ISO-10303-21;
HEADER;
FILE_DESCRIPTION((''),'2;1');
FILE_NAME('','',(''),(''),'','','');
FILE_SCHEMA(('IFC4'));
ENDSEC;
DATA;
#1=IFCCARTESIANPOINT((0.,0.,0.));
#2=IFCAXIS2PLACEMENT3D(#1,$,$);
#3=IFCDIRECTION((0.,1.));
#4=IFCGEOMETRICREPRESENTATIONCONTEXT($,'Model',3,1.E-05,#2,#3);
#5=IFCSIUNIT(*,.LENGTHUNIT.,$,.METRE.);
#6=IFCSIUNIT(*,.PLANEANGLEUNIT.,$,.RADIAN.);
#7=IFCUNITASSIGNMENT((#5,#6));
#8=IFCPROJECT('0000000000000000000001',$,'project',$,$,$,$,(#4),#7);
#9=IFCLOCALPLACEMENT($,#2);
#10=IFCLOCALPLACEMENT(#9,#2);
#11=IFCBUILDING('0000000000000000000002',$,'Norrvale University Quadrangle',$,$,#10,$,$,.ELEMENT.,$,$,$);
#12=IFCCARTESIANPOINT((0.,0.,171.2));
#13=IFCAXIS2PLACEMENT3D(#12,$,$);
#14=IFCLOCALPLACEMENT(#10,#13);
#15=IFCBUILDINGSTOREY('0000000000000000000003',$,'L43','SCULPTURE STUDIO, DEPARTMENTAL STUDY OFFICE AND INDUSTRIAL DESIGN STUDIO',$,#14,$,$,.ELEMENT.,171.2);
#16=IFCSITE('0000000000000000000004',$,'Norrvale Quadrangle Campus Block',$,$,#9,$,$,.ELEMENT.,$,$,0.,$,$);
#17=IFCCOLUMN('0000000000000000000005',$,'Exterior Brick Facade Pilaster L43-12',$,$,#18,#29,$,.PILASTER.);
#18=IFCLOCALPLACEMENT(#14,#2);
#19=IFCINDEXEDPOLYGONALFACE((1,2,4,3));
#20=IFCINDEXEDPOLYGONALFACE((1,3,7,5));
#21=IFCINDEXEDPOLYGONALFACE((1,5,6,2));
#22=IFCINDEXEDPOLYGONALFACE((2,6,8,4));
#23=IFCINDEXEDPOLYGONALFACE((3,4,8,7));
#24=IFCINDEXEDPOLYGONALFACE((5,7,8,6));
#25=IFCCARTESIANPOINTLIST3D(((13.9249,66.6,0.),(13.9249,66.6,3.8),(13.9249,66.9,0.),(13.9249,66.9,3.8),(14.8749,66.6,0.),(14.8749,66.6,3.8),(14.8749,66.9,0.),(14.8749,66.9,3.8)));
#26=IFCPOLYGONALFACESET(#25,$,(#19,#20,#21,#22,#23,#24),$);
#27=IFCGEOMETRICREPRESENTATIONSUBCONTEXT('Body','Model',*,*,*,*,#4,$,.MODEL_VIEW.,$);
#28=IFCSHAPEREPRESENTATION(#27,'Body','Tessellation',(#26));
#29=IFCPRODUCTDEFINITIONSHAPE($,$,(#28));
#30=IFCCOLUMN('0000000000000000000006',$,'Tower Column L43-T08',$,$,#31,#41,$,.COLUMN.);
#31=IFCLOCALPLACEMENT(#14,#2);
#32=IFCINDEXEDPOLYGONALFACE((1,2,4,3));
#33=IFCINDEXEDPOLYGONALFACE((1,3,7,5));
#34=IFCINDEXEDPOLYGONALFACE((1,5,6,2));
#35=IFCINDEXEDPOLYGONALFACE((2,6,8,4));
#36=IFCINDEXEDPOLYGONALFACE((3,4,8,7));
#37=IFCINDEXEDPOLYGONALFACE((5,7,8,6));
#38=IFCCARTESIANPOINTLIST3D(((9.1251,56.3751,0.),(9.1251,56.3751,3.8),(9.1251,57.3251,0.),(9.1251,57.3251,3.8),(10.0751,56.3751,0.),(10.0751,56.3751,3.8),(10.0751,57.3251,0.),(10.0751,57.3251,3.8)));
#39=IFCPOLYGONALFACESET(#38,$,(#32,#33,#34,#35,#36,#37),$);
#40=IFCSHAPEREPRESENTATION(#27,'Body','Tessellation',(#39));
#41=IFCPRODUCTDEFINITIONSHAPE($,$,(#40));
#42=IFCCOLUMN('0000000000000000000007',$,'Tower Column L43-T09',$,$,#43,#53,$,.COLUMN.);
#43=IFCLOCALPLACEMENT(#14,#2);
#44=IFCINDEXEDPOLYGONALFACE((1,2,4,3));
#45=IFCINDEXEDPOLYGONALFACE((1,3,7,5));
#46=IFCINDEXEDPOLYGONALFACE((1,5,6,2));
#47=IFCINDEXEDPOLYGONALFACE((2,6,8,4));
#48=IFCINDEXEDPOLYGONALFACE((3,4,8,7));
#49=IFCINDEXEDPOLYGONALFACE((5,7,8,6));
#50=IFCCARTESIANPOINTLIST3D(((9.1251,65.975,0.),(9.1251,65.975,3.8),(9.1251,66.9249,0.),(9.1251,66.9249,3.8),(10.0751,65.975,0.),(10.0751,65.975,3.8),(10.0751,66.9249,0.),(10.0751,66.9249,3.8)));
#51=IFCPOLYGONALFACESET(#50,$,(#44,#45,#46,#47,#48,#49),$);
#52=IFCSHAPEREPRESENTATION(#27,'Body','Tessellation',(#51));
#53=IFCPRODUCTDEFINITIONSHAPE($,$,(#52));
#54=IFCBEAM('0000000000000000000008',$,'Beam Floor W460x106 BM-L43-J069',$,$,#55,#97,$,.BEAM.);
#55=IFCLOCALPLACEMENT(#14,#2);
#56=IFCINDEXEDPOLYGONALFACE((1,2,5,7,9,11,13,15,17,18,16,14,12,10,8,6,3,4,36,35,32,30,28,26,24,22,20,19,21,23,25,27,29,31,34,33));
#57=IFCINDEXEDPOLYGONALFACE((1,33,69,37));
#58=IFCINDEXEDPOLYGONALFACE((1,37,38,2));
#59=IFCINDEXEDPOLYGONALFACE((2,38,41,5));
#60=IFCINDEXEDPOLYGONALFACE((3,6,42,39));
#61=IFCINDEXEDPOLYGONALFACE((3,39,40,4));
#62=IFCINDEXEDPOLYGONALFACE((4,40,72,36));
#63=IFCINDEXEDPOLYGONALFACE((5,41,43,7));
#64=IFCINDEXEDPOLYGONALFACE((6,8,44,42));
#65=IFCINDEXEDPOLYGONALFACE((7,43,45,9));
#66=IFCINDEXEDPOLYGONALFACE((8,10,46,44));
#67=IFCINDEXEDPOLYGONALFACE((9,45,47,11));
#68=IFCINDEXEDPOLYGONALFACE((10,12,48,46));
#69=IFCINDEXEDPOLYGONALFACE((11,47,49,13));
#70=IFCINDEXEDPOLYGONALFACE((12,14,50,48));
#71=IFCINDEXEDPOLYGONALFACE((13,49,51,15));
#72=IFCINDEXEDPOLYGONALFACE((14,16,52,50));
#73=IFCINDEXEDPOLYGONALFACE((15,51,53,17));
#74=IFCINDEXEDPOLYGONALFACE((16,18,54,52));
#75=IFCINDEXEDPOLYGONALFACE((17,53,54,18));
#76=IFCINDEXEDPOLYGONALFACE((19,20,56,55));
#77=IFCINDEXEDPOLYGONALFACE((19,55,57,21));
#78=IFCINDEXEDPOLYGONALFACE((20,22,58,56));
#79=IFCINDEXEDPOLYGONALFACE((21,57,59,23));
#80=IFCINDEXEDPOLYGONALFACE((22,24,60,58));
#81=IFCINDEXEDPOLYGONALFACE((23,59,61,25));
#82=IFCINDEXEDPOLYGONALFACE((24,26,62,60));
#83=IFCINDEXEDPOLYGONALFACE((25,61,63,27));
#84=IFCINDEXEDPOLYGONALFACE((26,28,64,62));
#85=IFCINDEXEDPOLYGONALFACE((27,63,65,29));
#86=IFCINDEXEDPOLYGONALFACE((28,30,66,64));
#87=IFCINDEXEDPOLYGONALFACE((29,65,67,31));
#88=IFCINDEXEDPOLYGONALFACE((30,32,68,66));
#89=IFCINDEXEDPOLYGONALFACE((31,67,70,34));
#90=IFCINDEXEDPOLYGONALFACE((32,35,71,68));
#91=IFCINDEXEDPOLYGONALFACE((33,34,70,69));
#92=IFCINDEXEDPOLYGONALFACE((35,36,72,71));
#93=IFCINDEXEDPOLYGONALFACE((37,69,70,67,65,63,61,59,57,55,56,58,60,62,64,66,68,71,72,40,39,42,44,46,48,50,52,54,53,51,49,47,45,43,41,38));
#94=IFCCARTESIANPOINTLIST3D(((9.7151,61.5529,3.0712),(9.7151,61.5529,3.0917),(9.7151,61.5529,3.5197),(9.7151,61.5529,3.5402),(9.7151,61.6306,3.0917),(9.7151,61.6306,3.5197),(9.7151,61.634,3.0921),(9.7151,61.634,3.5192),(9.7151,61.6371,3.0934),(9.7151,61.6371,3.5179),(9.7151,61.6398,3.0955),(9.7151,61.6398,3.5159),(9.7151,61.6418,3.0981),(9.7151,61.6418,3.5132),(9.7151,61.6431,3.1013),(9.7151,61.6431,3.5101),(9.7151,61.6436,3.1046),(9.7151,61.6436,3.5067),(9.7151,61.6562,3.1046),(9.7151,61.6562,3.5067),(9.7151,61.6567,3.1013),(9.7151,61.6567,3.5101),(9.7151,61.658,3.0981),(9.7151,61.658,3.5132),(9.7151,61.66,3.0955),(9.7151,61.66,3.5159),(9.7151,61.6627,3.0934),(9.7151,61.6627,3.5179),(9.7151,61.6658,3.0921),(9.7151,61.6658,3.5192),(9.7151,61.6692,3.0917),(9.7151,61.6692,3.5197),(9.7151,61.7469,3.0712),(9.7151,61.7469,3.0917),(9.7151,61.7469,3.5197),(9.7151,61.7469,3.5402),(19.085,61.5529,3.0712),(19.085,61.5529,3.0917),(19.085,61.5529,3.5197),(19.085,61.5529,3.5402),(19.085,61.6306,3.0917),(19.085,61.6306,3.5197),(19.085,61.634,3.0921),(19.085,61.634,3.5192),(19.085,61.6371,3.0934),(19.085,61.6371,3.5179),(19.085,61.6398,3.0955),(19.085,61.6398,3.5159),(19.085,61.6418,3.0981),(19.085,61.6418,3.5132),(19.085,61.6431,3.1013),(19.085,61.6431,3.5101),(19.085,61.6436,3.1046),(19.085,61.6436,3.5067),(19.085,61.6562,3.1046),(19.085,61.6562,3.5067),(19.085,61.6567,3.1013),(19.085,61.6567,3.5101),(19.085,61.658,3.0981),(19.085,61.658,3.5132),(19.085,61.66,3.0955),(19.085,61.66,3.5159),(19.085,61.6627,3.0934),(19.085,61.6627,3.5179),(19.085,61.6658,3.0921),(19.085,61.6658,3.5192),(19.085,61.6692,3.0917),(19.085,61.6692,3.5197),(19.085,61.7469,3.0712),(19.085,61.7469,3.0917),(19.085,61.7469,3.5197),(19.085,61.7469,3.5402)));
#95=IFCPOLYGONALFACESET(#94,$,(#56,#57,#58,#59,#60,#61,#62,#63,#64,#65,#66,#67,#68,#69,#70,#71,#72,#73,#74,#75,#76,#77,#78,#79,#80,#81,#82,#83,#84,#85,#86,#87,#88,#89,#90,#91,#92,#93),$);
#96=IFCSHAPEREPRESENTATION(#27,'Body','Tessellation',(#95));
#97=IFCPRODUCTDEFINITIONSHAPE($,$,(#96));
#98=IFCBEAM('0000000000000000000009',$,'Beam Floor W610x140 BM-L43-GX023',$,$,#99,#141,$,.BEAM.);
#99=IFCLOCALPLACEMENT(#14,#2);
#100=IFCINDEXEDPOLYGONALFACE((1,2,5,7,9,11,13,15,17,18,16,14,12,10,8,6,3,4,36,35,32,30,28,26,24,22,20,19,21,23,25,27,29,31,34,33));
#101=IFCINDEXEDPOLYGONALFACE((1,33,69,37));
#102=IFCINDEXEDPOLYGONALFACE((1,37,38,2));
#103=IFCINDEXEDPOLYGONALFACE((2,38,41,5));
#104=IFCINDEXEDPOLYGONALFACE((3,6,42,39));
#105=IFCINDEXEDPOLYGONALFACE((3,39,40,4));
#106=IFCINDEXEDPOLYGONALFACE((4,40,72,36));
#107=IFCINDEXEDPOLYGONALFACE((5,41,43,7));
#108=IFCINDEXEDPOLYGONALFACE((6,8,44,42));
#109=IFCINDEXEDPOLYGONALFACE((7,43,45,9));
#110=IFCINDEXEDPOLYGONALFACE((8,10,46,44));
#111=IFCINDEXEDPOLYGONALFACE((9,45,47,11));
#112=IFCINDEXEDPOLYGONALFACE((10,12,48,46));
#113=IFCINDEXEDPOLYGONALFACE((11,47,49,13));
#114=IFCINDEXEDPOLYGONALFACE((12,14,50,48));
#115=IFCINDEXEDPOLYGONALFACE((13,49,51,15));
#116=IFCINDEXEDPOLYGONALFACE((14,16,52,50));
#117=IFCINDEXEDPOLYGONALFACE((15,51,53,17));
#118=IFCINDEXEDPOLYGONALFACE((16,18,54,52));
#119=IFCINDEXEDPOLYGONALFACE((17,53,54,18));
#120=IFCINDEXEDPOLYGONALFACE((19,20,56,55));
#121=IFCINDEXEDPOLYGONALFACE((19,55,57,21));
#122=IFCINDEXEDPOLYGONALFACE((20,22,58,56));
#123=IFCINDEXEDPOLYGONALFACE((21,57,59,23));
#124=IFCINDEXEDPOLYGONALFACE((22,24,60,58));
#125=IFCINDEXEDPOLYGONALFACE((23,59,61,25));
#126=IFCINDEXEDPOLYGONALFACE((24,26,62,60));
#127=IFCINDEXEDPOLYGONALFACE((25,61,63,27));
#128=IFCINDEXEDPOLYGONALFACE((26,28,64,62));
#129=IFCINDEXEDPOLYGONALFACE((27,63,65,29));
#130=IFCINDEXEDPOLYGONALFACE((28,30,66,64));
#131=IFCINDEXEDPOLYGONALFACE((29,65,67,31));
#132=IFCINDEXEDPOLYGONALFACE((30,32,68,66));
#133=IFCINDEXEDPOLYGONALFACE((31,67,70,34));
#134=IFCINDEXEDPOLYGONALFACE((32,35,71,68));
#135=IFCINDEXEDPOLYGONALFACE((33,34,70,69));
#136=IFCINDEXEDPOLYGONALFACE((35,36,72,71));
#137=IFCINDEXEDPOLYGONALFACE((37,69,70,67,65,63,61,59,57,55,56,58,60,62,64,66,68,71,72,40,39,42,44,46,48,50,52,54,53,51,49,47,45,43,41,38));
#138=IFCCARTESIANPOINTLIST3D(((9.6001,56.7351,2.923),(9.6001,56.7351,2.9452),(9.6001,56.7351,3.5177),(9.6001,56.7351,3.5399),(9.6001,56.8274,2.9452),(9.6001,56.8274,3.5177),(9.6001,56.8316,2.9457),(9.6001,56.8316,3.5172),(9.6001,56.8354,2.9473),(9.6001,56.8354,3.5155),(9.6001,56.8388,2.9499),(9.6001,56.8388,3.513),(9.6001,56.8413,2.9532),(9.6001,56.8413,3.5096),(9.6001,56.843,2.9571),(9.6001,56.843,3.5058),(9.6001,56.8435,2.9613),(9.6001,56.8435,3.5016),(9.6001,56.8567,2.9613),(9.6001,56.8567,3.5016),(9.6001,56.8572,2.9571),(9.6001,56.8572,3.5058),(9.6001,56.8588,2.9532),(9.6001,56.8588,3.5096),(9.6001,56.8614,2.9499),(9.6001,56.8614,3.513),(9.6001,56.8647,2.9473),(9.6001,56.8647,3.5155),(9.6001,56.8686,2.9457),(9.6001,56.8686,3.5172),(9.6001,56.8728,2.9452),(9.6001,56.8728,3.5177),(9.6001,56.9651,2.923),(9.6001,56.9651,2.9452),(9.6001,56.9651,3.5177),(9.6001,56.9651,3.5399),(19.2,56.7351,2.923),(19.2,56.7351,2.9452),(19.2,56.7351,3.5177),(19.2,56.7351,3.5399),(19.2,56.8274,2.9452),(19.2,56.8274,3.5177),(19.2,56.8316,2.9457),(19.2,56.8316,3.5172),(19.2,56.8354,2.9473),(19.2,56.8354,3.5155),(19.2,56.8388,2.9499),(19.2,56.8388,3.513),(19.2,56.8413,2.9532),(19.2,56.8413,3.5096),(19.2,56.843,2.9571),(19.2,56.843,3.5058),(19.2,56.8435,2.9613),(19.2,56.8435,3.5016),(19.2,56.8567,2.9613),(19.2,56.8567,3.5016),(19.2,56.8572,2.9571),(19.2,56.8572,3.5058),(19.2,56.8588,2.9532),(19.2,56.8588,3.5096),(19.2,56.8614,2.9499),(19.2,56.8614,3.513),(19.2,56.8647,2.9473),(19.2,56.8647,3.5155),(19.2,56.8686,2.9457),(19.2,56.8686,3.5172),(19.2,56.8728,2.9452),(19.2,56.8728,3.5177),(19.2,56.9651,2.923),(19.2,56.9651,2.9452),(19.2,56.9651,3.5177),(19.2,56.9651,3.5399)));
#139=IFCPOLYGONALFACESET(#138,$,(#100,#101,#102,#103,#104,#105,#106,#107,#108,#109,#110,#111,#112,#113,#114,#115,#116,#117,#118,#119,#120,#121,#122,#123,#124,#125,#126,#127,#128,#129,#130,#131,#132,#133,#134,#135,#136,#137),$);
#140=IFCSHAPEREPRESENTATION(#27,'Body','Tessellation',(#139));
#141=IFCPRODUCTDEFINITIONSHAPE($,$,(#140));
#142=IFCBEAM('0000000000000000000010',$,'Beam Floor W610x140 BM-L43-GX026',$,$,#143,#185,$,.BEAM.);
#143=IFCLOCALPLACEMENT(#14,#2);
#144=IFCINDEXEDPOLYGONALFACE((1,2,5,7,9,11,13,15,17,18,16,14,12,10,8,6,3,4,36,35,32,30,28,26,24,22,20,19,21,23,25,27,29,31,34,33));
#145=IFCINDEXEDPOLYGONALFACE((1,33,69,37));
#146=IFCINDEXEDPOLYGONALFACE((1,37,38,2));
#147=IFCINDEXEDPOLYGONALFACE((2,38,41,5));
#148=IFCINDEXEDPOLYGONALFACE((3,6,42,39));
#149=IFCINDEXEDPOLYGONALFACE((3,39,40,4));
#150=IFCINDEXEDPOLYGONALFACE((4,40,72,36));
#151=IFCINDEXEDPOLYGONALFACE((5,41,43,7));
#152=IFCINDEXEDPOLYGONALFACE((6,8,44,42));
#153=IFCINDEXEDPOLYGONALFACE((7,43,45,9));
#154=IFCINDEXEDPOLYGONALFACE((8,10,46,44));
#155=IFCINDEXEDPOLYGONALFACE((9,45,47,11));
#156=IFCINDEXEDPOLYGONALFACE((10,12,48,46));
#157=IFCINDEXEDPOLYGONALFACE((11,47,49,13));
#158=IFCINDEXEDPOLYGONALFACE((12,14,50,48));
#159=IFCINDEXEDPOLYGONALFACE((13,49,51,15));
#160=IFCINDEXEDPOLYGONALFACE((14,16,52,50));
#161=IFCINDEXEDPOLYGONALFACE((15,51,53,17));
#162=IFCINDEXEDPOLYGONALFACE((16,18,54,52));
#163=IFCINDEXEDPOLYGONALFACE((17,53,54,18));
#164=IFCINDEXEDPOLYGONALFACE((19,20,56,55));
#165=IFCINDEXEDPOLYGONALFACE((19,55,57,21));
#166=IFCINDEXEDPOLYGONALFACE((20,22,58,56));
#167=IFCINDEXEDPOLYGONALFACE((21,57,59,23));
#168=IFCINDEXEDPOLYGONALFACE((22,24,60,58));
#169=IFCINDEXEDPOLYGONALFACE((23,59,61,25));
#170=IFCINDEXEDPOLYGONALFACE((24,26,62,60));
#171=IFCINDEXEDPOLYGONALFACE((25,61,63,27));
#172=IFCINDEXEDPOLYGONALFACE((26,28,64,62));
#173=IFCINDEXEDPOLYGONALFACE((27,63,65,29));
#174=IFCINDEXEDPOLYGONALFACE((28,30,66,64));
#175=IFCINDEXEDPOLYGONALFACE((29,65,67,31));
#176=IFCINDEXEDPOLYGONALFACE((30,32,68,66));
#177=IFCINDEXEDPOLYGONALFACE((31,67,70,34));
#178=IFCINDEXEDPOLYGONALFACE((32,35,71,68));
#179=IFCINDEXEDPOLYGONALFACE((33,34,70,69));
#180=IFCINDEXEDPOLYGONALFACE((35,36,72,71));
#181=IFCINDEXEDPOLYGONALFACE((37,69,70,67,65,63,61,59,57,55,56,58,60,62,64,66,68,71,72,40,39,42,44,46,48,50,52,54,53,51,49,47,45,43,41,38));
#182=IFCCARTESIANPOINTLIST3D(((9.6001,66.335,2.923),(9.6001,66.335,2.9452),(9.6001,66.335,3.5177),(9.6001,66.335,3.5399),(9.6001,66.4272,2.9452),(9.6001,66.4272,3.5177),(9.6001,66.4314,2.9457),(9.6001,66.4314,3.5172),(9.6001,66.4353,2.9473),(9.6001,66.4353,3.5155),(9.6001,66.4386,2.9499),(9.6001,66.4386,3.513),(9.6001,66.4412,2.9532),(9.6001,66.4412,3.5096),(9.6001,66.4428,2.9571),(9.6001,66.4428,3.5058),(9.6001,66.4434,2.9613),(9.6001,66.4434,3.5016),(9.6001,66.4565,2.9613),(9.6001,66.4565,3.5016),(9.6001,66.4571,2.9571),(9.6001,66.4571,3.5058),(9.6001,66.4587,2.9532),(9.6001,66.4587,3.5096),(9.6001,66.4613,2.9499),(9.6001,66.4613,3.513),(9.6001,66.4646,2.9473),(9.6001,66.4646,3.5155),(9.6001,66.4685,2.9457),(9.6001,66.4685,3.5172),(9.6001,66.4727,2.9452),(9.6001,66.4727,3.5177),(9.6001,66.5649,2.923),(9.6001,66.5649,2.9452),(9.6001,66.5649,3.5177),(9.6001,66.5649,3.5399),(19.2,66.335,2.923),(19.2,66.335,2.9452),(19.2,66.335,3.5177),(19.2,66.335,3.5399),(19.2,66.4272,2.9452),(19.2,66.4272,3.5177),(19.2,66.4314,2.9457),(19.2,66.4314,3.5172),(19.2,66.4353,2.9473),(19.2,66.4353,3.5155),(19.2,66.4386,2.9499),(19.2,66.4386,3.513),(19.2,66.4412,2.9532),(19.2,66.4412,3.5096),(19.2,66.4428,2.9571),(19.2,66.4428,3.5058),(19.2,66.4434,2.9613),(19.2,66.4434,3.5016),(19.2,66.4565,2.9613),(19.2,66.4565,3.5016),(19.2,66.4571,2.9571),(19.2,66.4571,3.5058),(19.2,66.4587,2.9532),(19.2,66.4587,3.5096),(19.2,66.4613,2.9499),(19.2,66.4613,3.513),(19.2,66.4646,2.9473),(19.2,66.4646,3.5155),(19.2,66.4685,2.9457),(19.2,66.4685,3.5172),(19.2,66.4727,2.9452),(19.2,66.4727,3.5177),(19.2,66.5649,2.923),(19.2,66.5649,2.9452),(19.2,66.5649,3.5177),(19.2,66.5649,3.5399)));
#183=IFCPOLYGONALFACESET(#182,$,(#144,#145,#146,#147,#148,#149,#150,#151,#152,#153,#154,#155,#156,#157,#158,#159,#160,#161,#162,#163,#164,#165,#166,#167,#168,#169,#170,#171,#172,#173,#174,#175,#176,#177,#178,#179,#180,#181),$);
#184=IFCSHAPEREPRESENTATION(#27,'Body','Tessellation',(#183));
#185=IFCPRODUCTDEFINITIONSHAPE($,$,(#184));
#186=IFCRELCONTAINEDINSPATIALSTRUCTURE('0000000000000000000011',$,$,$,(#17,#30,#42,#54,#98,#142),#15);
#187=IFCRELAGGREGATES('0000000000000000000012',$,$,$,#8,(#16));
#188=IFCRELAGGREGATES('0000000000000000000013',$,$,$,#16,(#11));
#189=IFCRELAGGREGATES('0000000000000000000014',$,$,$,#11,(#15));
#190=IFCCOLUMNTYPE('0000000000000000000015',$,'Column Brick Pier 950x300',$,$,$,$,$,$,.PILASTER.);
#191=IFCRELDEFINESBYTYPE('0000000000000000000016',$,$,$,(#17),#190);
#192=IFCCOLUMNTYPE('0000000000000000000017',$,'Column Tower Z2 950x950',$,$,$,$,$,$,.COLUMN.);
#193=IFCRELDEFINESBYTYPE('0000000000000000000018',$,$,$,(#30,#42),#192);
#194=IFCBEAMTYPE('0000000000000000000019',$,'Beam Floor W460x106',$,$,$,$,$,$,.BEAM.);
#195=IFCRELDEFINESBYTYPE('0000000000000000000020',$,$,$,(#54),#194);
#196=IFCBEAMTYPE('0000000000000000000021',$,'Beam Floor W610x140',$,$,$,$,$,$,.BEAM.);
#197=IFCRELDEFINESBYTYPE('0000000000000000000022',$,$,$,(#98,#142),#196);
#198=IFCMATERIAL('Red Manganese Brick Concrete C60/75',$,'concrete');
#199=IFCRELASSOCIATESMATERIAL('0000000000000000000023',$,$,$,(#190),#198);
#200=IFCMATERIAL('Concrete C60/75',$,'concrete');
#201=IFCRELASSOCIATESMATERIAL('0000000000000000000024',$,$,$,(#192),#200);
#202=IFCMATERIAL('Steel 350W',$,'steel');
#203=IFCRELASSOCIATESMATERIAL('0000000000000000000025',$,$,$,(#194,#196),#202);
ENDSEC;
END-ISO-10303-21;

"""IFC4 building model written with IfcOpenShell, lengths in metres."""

from ifc_helpers import new_model, si_unit, direction, frame, origin, origin_2d, place, context, subcontext, project, spatial, rectangle, i_section, extrude, material, material_profile, profile_set, type_object, element, save


model = new_model("IFC4")

# Units and contexts
model_context = context("Model", 3, precision=1e-05, world=origin(), true_north=direction((0.0, 1.0)))
body_context = subcontext(model_context, "Body", "Model", "MODEL_VIEW")
ifc_project = project(units=[si_unit("LENGTHUNIT", "METRE"), si_unit("PLANEANGLEUNIT", "RADIAN")], contexts=[model_context])

# Site, building, storey
site_placement = place(None, origin())
site = spatial("IfcSite", under=ifc_project, at=site_placement, Name="Norrvale Quadrangle Campus Block", CompositionType="ELEMENT", RefElevation=0.0)
building_placement = place(site_placement, origin())
building = spatial("IfcBuilding", under=site, at=building_placement, Name="Norrvale University Quadrangle", CompositionType="ELEMENT")
storey_placement = place(building_placement, frame((0.0, 0.0, 171.2)))
storey = spatial("IfcBuildingStorey", under=building, at=storey_placement, Name="L43", Description="SCULPTURE STUDIO, DEPARTMENTAL STUDY OFFICE AND INDUSTRIAL DESIGN STUDIO", CompositionType="ELEMENT", Elevation=171.2)

# Columns
ifc_material_1 = material(Name="Red Manganese Brick Concrete C60/75", Category="concrete")
ifc_material_profile_1 = material_profile(ifc_material_1, rectangle(XDim=0.95, YDim=0.3, at=origin_2d()), Name="Red Manganese Brick Concrete C60/75")
ifc_profile_set_1 = profile_set([ifc_material_profile_1], Name="Red Manganese Brick Concrete C60/75")
column_type_1 = type_object("IfcColumnType", Name="Column Brick Pier 950x300", PredefinedType="PILASTER", material=ifc_profile_set_1)
column_placement = place(storey_placement, frame((14.3999, 66.75, 0.0), z_axis=(0.0, 0.0, 1.0), x_axis=(1.0, 0.0, 0.0)))
element("IfcColumn", 1, at=column_placement, inside=storey, type_object=column_type_1, Name="Exterior Brick Facade Pilaster L43-12", PredefinedType="PILASTER", context=body_context, shape_type="SweptSolid", body=[
    extrude(rectangle(XDim=0.95, YDim=0.3, at=origin_2d()), origin(), (0.0, 0.0, 1.0), 3.8),
])
ifc_material_2 = material(Name="Concrete C60/75", Category="concrete")
ifc_material_profile_2 = material_profile(ifc_material_2, rectangle(XDim=0.95, YDim=0.95, at=origin_2d()), Name="Concrete C60/75")
ifc_profile_set_2 = profile_set([ifc_material_profile_2], Name="Concrete C60/75")
column_type_2 = type_object("IfcColumnType", Name="Column Tower Z2 950x950", PredefinedType="COLUMN", material=ifc_profile_set_2)
for number, where, z_axis, x_axis, name in (
    (2, (9.6001, 56.8501, 0.0), (0.0, 0.0, 1.0), (1.0, 0.0, 0.0), "Tower Column L43-T08"),
    (3, (9.6001, 66.45, 0.0), (0.0, 0.0, 1.0), (1.0, 0.0, 0.0), "Tower Column L43-T09"),
):
    element("IfcColumn", number, at=place(storey_placement, frame(where, z_axis=z_axis, x_axis=x_axis)), inside=storey, type_object=column_type_2, Name=name, PredefinedType="COLUMN", context=body_context, shape_type="SweptSolid", body=[
        extrude(rectangle(XDim=0.95, YDim=0.95, at=origin_2d()), origin(), (0.0, 0.0, 1.0), 3.8),
    ])

# Beams
ifc_material_3 = material(Name="Steel 350W", Category="steel")
ifc_material_profile_3 = material_profile(ifc_material_3, i_section(OverallWidth=0.1941, OverallDepth=0.469, WebThickness=0.0127, FlangeThickness=0.0205, FilletRadius=0.0129, at=origin_2d()), Name="Steel 350W")
ifc_profile_set_3 = profile_set([ifc_material_profile_3], Name="Steel 350W")
beam_type_1 = type_object("IfcBeamType", Name="Beam Floor W460x106", PredefinedType="BEAM", material=ifc_profile_set_3)
beam_placement = place(storey_placement, frame((9.7151, 61.6499, 3.3057), z_axis=(1.0, 0.0, 0.0), x_axis=(0.0, 1.0, 0.0)))
element("IfcBeam", 4, at=beam_placement, inside=storey, type_object=beam_type_1, Name="Beam Floor W460x106 BM-L43-J069", PredefinedType="BEAM", context=body_context, shape_type="SweptSolid", body=[
    extrude(i_section(OverallWidth=0.1941, OverallDepth=0.469, WebThickness=0.0127, FlangeThickness=0.0205, FilletRadius=0.0129, at=origin_2d()), origin(), (0.0, 0.0, 1.0), 9.3699),
])
ifc_material_profile_4 = material_profile(ifc_material_3, i_section(OverallWidth=0.23, OverallDepth=0.6169, WebThickness=0.0132, FlangeThickness=0.0222, FilletRadius=0.0161, at=origin_2d()), Name="Steel 350W")
ifc_profile_set_4 = profile_set([ifc_material_profile_4], Name="Steel 350W")
beam_type_2 = type_object("IfcBeamType", Name="Beam Floor W610x140", PredefinedType="BEAM", material=ifc_profile_set_4)
for number, where, z_axis, x_axis, name in (
    (5, (9.6001, 56.8501, 3.2314), (1.0, 0.0, 0.0), (0.0, 1.0, 0.0), "Beam Floor W610x140 BM-L43-GX023"),
    (6, (9.6001, 66.45, 3.2314), (1.0, 0.0, 0.0), (0.0, 1.0, 0.0), "Beam Floor W610x140 BM-L43-GX026"),
):
    element("IfcBeam", number, at=place(storey_placement, frame(where, z_axis=z_axis, x_axis=x_axis)), inside=storey, type_object=beam_type_2, Name=name, PredefinedType="BEAM", context=body_context, shape_type="SweptSolid", body=[
        extrude(i_section(OverallWidth=0.23, OverallDepth=0.6169, WebThickness=0.0132, FlangeThickness=0.0222, FilletRadius=0.0161, at=origin_2d()), origin(), (0.0, 0.0, 1.0), 9.5999),
    ])

save(model, "model.ifc")
